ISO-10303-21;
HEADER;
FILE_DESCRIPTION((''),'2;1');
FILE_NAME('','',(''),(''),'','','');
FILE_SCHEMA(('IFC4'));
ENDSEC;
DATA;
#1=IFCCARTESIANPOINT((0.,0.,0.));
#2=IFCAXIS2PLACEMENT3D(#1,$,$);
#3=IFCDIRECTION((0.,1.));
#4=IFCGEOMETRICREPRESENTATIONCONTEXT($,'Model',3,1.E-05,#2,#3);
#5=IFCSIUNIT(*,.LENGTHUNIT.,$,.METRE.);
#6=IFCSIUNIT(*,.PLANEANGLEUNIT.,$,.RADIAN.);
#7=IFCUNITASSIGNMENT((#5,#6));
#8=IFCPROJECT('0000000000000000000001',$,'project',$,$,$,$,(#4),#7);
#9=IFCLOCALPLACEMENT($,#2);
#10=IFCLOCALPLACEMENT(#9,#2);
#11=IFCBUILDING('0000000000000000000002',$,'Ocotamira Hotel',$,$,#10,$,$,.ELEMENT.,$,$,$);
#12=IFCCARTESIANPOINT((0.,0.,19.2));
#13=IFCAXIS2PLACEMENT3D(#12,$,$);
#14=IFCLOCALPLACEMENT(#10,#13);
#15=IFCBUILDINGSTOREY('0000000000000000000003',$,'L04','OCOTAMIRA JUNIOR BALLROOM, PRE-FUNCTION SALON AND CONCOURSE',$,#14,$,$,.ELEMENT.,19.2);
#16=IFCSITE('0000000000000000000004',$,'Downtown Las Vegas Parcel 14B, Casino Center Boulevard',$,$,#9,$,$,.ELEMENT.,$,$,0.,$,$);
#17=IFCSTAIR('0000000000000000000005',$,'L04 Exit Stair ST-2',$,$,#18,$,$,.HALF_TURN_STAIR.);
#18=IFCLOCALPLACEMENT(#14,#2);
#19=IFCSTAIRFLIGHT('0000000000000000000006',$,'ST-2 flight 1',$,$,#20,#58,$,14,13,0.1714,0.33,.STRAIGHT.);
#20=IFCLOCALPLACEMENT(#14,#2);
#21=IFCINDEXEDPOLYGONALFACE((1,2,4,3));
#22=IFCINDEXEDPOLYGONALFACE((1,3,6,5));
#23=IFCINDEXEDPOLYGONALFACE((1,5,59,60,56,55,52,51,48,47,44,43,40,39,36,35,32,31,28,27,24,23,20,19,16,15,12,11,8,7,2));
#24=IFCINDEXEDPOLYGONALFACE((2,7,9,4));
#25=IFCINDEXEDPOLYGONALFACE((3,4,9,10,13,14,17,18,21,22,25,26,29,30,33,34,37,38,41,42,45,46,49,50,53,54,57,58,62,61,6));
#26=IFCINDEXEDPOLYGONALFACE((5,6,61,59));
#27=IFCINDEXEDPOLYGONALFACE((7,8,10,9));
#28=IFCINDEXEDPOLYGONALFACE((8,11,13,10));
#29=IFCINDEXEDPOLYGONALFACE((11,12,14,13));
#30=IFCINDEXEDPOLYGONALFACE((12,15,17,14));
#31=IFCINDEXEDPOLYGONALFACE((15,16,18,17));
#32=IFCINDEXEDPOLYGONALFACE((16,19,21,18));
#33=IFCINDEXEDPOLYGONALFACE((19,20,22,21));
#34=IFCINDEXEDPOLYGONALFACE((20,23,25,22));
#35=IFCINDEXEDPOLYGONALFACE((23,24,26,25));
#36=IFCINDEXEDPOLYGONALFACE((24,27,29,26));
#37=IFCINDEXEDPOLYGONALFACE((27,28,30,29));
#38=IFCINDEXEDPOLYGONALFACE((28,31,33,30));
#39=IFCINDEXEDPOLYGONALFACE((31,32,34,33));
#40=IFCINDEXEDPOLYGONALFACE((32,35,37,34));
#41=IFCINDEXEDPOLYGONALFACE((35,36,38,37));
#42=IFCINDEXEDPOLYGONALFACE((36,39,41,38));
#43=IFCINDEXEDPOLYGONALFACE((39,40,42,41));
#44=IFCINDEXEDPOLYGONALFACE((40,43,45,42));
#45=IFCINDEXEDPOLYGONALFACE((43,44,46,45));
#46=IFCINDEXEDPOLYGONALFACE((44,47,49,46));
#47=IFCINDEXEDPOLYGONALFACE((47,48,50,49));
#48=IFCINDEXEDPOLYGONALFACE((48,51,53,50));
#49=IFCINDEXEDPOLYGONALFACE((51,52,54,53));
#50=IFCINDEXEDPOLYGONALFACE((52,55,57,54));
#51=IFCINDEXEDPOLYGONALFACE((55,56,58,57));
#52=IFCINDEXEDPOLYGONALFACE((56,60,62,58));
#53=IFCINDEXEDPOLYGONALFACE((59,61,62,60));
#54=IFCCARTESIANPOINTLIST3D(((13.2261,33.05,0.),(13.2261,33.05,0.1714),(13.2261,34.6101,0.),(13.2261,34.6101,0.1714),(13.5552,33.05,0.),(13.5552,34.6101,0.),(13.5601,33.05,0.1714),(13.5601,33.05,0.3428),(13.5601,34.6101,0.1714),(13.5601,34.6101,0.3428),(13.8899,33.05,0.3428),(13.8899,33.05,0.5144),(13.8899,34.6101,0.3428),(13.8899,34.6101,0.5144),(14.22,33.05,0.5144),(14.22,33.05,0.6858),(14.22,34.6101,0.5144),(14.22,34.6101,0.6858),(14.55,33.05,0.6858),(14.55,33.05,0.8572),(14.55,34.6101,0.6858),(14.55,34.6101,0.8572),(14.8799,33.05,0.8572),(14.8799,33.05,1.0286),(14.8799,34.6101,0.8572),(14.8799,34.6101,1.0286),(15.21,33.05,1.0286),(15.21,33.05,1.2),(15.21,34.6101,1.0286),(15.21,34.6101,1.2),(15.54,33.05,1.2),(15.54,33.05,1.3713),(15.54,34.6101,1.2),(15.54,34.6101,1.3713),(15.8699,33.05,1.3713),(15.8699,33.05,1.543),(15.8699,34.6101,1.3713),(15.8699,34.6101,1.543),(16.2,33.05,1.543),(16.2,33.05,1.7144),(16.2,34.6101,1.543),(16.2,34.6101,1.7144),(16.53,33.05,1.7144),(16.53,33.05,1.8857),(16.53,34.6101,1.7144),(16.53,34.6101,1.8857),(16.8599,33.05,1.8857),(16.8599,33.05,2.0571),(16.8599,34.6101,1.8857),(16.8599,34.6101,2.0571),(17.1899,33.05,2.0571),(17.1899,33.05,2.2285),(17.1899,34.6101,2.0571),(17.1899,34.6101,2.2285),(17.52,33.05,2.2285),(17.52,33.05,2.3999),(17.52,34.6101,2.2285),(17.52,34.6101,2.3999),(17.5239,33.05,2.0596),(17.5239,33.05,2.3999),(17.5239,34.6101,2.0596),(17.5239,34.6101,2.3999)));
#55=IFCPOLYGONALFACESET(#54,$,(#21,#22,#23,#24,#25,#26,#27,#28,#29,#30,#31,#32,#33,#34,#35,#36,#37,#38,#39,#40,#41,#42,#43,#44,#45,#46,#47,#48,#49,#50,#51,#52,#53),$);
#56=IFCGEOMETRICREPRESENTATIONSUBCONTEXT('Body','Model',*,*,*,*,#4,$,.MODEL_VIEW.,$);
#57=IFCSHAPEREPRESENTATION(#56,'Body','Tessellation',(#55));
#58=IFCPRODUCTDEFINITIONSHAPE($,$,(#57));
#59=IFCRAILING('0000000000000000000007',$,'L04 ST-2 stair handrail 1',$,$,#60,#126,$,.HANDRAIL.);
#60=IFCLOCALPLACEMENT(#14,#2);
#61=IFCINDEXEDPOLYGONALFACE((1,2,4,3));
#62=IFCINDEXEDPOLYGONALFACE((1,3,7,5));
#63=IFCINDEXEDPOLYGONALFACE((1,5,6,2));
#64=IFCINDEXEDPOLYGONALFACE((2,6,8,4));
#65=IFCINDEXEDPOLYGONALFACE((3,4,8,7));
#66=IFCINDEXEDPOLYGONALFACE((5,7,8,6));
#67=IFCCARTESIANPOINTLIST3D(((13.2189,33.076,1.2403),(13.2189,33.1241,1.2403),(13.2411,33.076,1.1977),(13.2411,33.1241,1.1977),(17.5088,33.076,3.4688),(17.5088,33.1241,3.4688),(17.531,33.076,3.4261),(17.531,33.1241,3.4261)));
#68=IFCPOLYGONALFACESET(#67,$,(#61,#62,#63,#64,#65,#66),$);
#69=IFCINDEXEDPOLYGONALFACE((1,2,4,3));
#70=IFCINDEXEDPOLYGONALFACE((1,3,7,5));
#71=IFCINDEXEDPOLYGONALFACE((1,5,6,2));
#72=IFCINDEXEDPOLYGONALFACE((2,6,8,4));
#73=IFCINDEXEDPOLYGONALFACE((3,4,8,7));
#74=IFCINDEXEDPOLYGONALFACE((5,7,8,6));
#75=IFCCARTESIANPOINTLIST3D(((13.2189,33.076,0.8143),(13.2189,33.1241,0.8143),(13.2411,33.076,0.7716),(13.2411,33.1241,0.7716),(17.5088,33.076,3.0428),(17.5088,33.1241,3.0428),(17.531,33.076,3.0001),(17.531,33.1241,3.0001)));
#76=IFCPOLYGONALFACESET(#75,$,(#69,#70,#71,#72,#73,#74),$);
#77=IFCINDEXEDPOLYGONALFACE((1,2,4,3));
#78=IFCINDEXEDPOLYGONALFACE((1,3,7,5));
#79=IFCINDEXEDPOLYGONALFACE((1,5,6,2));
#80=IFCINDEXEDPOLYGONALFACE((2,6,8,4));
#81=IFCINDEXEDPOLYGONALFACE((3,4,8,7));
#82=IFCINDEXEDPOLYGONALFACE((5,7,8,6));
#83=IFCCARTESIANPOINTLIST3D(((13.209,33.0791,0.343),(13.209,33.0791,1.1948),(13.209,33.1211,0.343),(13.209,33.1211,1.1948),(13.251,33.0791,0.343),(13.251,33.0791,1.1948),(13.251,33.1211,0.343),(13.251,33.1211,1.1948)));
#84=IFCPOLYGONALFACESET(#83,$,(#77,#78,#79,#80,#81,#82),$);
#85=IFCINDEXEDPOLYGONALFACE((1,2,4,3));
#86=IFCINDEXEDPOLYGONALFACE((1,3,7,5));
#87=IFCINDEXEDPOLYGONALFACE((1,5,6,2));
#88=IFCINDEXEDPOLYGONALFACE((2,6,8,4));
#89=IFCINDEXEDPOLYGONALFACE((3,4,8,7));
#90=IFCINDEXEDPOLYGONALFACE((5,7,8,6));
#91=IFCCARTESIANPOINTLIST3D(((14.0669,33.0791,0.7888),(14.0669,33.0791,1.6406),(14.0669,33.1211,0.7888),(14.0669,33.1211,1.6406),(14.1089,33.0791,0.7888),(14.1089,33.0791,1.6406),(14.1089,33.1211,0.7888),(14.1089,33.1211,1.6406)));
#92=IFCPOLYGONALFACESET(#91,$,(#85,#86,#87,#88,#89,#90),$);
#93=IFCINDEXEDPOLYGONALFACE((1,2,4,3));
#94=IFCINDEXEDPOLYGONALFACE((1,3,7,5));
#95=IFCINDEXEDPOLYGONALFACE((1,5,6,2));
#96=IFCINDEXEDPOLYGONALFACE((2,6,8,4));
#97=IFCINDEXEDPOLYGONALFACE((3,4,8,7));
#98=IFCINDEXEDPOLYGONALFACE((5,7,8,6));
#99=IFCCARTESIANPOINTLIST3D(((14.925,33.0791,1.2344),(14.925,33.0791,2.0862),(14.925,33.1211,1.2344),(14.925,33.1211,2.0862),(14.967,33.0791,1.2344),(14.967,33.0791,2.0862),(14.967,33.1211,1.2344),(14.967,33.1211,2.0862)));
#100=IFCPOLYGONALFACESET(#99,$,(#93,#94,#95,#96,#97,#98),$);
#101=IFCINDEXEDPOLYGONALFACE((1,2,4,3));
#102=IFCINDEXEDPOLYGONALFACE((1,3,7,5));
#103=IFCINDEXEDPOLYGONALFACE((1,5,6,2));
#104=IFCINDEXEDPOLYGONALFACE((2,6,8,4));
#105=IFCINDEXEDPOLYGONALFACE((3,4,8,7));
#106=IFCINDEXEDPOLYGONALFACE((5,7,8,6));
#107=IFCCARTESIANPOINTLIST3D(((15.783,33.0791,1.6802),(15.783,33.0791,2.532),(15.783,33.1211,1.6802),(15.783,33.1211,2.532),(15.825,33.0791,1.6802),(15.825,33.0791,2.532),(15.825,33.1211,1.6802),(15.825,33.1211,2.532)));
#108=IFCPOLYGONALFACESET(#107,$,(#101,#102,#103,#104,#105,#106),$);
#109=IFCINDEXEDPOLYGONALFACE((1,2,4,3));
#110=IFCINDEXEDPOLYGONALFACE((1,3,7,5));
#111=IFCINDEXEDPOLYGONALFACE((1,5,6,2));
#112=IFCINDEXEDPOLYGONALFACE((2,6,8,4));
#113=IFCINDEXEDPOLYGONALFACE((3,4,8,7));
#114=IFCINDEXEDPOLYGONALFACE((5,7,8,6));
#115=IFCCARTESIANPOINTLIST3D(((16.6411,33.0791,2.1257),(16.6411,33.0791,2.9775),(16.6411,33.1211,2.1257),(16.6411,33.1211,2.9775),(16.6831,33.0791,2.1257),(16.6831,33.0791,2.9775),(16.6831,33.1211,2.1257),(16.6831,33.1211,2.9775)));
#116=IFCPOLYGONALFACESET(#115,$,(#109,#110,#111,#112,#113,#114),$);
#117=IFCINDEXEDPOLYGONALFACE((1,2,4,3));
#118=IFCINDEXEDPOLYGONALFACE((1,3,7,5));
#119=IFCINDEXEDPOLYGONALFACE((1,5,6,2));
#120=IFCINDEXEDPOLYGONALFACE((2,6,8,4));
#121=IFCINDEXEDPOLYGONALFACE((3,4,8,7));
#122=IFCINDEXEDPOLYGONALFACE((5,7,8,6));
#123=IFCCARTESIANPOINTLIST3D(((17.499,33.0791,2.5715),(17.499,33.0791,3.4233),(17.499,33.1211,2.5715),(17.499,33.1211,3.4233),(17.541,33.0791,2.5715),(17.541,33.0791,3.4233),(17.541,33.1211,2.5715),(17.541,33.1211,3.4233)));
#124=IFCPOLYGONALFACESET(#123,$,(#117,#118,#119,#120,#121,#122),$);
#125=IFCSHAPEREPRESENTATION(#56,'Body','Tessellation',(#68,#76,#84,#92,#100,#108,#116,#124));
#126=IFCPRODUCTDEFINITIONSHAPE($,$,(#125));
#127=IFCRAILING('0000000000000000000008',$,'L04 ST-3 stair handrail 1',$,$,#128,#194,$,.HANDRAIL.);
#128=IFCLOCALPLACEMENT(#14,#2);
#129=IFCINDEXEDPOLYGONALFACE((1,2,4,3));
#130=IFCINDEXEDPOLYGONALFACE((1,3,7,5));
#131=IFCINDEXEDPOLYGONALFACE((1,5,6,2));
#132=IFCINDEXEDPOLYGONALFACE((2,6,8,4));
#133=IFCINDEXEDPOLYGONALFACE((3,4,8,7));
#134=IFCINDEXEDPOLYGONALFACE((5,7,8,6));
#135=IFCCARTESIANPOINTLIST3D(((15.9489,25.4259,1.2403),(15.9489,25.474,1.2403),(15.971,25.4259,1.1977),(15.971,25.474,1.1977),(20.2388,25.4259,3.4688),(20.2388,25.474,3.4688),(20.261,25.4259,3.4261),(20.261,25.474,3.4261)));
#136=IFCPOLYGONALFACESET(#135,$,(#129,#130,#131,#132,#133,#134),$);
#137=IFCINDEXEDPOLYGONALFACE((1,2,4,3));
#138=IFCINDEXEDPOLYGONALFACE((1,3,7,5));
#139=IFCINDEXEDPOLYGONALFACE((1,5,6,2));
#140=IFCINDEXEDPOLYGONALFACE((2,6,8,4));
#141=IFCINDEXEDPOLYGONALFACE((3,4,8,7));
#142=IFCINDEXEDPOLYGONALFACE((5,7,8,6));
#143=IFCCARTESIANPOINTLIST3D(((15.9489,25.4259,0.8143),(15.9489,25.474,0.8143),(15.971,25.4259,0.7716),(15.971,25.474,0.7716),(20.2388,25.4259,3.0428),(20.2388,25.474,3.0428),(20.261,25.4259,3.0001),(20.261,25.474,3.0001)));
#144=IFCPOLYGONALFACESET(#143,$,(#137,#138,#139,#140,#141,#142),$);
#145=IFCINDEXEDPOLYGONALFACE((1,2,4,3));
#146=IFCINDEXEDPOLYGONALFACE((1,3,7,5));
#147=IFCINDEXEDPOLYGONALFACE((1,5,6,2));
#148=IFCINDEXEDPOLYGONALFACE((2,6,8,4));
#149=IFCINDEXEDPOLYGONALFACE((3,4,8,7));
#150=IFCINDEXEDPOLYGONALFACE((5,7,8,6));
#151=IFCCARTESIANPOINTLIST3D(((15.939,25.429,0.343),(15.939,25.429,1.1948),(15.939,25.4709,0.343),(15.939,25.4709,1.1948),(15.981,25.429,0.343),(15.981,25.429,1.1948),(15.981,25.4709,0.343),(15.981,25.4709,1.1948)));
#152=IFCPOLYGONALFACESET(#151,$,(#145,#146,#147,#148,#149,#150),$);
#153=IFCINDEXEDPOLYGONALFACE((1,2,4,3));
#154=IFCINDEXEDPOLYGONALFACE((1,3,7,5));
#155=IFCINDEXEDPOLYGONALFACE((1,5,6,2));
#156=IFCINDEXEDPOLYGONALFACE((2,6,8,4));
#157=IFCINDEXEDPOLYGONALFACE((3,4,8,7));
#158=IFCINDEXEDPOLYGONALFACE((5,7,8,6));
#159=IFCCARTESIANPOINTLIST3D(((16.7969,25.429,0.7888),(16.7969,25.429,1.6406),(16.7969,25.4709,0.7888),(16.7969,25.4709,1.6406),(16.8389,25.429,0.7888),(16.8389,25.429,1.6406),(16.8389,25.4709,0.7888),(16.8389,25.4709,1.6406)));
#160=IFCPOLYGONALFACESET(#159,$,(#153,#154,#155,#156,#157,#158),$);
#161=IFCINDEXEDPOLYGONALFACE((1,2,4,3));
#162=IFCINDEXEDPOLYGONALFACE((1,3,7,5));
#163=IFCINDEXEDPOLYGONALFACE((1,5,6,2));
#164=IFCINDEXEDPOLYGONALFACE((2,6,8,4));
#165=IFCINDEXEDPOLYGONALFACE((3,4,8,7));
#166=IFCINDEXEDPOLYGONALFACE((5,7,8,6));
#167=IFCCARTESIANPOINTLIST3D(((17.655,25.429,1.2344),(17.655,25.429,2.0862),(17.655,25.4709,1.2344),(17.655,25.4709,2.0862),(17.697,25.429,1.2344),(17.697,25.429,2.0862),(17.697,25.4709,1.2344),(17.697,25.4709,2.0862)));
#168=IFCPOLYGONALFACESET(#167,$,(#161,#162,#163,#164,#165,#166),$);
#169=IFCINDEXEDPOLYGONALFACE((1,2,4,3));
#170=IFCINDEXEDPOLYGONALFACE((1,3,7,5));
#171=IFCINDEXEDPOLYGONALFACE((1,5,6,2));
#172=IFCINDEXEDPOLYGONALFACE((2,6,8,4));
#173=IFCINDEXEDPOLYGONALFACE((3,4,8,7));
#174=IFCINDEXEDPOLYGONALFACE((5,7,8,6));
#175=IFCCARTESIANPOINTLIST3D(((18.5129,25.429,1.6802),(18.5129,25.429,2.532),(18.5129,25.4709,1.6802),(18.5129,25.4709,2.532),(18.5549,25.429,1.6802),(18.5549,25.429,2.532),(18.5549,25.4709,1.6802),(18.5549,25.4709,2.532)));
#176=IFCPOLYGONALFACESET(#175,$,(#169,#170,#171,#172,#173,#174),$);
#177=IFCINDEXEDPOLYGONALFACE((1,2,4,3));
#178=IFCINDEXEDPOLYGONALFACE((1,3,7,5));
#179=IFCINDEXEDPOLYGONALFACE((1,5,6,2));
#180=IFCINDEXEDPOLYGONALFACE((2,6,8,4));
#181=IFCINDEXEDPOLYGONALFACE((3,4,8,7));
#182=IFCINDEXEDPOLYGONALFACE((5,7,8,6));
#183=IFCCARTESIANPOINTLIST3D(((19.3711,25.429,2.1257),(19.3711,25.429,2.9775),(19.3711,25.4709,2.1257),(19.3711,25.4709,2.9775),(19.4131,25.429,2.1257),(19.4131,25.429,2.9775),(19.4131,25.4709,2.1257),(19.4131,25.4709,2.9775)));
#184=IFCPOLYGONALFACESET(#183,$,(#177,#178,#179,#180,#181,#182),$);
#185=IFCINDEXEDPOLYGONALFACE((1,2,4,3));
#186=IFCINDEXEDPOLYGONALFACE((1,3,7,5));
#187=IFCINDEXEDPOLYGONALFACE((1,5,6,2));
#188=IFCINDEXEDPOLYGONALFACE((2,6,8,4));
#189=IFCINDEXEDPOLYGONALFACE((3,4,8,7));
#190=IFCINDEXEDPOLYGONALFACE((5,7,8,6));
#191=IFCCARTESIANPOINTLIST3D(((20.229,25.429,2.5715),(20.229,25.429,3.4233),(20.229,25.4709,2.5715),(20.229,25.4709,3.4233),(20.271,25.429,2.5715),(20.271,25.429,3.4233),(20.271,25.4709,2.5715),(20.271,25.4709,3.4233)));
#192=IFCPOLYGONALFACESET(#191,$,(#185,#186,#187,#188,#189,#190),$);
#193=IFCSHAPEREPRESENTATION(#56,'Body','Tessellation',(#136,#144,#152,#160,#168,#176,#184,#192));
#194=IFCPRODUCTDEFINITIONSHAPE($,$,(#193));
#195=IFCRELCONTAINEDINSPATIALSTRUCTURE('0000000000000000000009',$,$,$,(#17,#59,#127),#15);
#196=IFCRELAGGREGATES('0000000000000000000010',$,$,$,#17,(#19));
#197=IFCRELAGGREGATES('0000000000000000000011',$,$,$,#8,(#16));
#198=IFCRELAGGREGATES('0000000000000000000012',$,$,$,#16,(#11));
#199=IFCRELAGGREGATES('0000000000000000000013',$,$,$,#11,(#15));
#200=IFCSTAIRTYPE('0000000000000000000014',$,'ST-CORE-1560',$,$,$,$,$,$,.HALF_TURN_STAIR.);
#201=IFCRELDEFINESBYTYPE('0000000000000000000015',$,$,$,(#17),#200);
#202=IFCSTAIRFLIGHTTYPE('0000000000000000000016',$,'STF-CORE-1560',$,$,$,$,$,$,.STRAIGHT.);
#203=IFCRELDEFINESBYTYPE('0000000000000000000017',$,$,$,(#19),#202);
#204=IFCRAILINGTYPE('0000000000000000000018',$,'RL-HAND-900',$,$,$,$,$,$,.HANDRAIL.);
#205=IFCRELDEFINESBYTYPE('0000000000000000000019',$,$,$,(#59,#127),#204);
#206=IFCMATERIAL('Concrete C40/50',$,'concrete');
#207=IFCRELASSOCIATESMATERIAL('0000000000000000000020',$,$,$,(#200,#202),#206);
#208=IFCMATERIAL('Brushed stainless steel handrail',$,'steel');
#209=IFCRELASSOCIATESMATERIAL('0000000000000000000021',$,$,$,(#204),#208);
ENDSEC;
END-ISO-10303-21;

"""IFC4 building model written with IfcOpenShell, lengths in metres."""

from ifc_helpers import new_model, si_unit, direction, frame, origin, origin_2d, place, context, subcontext, project, spatial, polyline, rectangle, outline, extrude, source, transform, mapped, material, type_object, element, aggregate, save


model = new_model("IFC4")

# Units and contexts
model_context = context("Model", 3, precision=1e-05, world=origin(), true_north=direction((0.0, 1.0)))
body_context = subcontext(model_context, "Body", "Model", "MODEL_VIEW")
ifc_project = project(units=[si_unit("LENGTHUNIT", "METRE"), si_unit("PLANEANGLEUNIT", "RADIAN")], contexts=[model_context])

# Site, building, storey
site_placement = place(None, origin())
site = spatial("IfcSite", under=ifc_project, at=site_placement, Name="Downtown Las Vegas Parcel 14B, Casino Center Boulevard", CompositionType="ELEMENT", RefElevation=0.0)
building_placement = place(site_placement, origin())
building = spatial("IfcBuilding", under=site, at=building_placement, Name="Ocotamira Hotel", CompositionType="ELEMENT")
storey_placement = place(building_placement, frame((0.0, 0.0, 19.2)))
storey = spatial("IfcBuildingStorey", under=building, at=storey_placement, Name="L04", Description="OCOTAMIRA JUNIOR BALLROOM, PRE-FUNCTION SALON AND CONCOURSE", CompositionType="ELEMENT", Elevation=19.2)

# Stair, stair flight
ifc_material_1 = material(Name="Concrete C40/50", Category="concrete")
stair_type = type_object("IfcStairType", Name="ST-CORE-1560", PredefinedType="HALF_TURN_STAIR", material=ifc_material_1)
stair_placement = place(storey_placement, origin())
stair = element("IfcStair", 1, at=stair_placement, inside=storey, type_object=stair_type, Name="L04 Exit Stair ST-2", PredefinedType="HALF_TURN_STAIR")
stair_flight_type = type_object("IfcStairFlightType", Name="STF-CORE-1560", PredefinedType="STRAIGHT", material=ifc_material_1)
shared_shape_1 = source(origin(), body_context, "Body", "SweptSolid", [
    extrude(outline(polyline([(-0.0039, 0.0), (-0.0039, 0.1714), (0.3301, 0.1714), (0.3301, 0.3428), (0.6599, 0.3428), (0.6599, 0.5144), (0.99, 0.5144), (0.99, 0.6858), (1.3201, 0.6858), (1.3201, 0.8572), (1.6499, 0.8572), (1.6499, 1.0286), (1.98, 1.0286), (1.98, 1.2), (2.3101, 1.2), (2.3101, 1.3713), (2.6399, 1.3713), (2.6399, 1.543), (2.97, 1.543), (2.97, 1.7144), (3.3, 1.7144), (3.3, 1.8857), (3.6299, 1.8857), (3.6299, 2.0571), (3.96, 2.0571), (3.96, 2.2285), (4.29, 2.2285), (4.29, 2.3999), (4.2939, 2.3999), (4.2939, 2.0596), (0.3252, 0.0), (-0.0039, 0.0)])), frame((0.0, 0.78, 0.0), z_axis=(0.0, -1.0, 0.0), x_axis=(1.0, 0.0, 0.0)), (0.0, 0.0, 1.0), 1.5601),
])
stair_flight_placement = place(storey_placement, frame((13.23, 33.8301, 0.0), z_axis=(0.0, 0.0, 1.0), x_axis=(1.0, 0.0, 0.0)))
stair_flight = element("IfcStairFlight", 2, at=stair_flight_placement, type_object=stair_flight_type, Name="ST-2 flight 1", NumberOfRisers=14, NumberOfTreads=13, PredefinedType="STRAIGHT", RiserHeight=0.1714, TreadLength=0.33, context=body_context, shape_type="MappedRepresentation", body=[
    mapped(shared_shape_1, transform((0.0, 0.0, 0.0), scale=1.0)),
])
aggregate(stair, [stair_flight])

# Railings
ifc_material_2 = material(Name="Brushed stainless steel handrail", Category="steel")
railing_type_1 = type_object("IfcRailingType", Name="RL-HAND-900", PredefinedType="HANDRAIL", material=ifc_material_2)
for number, where, name in (
    (3, (13.23, 33.1001, 0.343), "L04 ST-2 stair handrail 1"),
    (4, (15.96, 25.45, 0.343), "L04 ST-3 stair handrail 1"),
):
    element("IfcRailing", number, at=place(storey_placement, frame(where)), inside=storey, type_object=railing_type_1, Name=name, PredefinedType="HANDRAIL", context=body_context, shape_type="SweptSolid", body=[
        extrude(rectangle(XDim=0.0481, YDim=0.0481, at=origin_2d()), frame((0.0, 0.0, 0.876), z_axis=(0.887412, 0.0, 0.460977), x_axis=(0.0, 1.0, 0.0)), (0.0, 0.0, 1.0), 4.8342),
        extrude(rectangle(XDim=0.0481, YDim=0.0481, at=origin_2d()), frame((0.0, 0.0, 0.45), z_axis=(0.887412, 0.0, 0.460977), x_axis=(0.0, 1.0, 0.0)), (0.0, 0.0, 1.0), 4.8342),
        extrude(rectangle(XDim=0.042, YDim=0.042, at=origin_2d()), origin(), (0.0, 0.0, 1.0), 0.8518),
        extrude(rectangle(XDim=0.042, YDim=0.042, at=origin_2d()), frame((0.8579, 0.0, 0.4458)), (0.0, 0.0, 1.0), 0.8518),
        extrude(rectangle(XDim=0.042, YDim=0.042, at=origin_2d()), frame((1.7161, 0.0, 0.8914)), (0.0, 0.0, 1.0), 0.8518),
        extrude(rectangle(XDim=0.042, YDim=0.042, at=origin_2d()), frame((2.574, 0.0, 1.3372)), (0.0, 0.0, 1.0), 0.8518),
        extrude(rectangle(XDim=0.042, YDim=0.042, at=origin_2d()), frame((3.4321, 0.0, 1.7827)), (0.0, 0.0, 1.0), 0.8518),
        extrude(rectangle(XDim=0.042, YDim=0.042, at=origin_2d()), frame((4.29, 0.0, 2.2285)), (0.0, 0.0, 1.0), 0.8518),
    ])

save(model, "model.ifc")
